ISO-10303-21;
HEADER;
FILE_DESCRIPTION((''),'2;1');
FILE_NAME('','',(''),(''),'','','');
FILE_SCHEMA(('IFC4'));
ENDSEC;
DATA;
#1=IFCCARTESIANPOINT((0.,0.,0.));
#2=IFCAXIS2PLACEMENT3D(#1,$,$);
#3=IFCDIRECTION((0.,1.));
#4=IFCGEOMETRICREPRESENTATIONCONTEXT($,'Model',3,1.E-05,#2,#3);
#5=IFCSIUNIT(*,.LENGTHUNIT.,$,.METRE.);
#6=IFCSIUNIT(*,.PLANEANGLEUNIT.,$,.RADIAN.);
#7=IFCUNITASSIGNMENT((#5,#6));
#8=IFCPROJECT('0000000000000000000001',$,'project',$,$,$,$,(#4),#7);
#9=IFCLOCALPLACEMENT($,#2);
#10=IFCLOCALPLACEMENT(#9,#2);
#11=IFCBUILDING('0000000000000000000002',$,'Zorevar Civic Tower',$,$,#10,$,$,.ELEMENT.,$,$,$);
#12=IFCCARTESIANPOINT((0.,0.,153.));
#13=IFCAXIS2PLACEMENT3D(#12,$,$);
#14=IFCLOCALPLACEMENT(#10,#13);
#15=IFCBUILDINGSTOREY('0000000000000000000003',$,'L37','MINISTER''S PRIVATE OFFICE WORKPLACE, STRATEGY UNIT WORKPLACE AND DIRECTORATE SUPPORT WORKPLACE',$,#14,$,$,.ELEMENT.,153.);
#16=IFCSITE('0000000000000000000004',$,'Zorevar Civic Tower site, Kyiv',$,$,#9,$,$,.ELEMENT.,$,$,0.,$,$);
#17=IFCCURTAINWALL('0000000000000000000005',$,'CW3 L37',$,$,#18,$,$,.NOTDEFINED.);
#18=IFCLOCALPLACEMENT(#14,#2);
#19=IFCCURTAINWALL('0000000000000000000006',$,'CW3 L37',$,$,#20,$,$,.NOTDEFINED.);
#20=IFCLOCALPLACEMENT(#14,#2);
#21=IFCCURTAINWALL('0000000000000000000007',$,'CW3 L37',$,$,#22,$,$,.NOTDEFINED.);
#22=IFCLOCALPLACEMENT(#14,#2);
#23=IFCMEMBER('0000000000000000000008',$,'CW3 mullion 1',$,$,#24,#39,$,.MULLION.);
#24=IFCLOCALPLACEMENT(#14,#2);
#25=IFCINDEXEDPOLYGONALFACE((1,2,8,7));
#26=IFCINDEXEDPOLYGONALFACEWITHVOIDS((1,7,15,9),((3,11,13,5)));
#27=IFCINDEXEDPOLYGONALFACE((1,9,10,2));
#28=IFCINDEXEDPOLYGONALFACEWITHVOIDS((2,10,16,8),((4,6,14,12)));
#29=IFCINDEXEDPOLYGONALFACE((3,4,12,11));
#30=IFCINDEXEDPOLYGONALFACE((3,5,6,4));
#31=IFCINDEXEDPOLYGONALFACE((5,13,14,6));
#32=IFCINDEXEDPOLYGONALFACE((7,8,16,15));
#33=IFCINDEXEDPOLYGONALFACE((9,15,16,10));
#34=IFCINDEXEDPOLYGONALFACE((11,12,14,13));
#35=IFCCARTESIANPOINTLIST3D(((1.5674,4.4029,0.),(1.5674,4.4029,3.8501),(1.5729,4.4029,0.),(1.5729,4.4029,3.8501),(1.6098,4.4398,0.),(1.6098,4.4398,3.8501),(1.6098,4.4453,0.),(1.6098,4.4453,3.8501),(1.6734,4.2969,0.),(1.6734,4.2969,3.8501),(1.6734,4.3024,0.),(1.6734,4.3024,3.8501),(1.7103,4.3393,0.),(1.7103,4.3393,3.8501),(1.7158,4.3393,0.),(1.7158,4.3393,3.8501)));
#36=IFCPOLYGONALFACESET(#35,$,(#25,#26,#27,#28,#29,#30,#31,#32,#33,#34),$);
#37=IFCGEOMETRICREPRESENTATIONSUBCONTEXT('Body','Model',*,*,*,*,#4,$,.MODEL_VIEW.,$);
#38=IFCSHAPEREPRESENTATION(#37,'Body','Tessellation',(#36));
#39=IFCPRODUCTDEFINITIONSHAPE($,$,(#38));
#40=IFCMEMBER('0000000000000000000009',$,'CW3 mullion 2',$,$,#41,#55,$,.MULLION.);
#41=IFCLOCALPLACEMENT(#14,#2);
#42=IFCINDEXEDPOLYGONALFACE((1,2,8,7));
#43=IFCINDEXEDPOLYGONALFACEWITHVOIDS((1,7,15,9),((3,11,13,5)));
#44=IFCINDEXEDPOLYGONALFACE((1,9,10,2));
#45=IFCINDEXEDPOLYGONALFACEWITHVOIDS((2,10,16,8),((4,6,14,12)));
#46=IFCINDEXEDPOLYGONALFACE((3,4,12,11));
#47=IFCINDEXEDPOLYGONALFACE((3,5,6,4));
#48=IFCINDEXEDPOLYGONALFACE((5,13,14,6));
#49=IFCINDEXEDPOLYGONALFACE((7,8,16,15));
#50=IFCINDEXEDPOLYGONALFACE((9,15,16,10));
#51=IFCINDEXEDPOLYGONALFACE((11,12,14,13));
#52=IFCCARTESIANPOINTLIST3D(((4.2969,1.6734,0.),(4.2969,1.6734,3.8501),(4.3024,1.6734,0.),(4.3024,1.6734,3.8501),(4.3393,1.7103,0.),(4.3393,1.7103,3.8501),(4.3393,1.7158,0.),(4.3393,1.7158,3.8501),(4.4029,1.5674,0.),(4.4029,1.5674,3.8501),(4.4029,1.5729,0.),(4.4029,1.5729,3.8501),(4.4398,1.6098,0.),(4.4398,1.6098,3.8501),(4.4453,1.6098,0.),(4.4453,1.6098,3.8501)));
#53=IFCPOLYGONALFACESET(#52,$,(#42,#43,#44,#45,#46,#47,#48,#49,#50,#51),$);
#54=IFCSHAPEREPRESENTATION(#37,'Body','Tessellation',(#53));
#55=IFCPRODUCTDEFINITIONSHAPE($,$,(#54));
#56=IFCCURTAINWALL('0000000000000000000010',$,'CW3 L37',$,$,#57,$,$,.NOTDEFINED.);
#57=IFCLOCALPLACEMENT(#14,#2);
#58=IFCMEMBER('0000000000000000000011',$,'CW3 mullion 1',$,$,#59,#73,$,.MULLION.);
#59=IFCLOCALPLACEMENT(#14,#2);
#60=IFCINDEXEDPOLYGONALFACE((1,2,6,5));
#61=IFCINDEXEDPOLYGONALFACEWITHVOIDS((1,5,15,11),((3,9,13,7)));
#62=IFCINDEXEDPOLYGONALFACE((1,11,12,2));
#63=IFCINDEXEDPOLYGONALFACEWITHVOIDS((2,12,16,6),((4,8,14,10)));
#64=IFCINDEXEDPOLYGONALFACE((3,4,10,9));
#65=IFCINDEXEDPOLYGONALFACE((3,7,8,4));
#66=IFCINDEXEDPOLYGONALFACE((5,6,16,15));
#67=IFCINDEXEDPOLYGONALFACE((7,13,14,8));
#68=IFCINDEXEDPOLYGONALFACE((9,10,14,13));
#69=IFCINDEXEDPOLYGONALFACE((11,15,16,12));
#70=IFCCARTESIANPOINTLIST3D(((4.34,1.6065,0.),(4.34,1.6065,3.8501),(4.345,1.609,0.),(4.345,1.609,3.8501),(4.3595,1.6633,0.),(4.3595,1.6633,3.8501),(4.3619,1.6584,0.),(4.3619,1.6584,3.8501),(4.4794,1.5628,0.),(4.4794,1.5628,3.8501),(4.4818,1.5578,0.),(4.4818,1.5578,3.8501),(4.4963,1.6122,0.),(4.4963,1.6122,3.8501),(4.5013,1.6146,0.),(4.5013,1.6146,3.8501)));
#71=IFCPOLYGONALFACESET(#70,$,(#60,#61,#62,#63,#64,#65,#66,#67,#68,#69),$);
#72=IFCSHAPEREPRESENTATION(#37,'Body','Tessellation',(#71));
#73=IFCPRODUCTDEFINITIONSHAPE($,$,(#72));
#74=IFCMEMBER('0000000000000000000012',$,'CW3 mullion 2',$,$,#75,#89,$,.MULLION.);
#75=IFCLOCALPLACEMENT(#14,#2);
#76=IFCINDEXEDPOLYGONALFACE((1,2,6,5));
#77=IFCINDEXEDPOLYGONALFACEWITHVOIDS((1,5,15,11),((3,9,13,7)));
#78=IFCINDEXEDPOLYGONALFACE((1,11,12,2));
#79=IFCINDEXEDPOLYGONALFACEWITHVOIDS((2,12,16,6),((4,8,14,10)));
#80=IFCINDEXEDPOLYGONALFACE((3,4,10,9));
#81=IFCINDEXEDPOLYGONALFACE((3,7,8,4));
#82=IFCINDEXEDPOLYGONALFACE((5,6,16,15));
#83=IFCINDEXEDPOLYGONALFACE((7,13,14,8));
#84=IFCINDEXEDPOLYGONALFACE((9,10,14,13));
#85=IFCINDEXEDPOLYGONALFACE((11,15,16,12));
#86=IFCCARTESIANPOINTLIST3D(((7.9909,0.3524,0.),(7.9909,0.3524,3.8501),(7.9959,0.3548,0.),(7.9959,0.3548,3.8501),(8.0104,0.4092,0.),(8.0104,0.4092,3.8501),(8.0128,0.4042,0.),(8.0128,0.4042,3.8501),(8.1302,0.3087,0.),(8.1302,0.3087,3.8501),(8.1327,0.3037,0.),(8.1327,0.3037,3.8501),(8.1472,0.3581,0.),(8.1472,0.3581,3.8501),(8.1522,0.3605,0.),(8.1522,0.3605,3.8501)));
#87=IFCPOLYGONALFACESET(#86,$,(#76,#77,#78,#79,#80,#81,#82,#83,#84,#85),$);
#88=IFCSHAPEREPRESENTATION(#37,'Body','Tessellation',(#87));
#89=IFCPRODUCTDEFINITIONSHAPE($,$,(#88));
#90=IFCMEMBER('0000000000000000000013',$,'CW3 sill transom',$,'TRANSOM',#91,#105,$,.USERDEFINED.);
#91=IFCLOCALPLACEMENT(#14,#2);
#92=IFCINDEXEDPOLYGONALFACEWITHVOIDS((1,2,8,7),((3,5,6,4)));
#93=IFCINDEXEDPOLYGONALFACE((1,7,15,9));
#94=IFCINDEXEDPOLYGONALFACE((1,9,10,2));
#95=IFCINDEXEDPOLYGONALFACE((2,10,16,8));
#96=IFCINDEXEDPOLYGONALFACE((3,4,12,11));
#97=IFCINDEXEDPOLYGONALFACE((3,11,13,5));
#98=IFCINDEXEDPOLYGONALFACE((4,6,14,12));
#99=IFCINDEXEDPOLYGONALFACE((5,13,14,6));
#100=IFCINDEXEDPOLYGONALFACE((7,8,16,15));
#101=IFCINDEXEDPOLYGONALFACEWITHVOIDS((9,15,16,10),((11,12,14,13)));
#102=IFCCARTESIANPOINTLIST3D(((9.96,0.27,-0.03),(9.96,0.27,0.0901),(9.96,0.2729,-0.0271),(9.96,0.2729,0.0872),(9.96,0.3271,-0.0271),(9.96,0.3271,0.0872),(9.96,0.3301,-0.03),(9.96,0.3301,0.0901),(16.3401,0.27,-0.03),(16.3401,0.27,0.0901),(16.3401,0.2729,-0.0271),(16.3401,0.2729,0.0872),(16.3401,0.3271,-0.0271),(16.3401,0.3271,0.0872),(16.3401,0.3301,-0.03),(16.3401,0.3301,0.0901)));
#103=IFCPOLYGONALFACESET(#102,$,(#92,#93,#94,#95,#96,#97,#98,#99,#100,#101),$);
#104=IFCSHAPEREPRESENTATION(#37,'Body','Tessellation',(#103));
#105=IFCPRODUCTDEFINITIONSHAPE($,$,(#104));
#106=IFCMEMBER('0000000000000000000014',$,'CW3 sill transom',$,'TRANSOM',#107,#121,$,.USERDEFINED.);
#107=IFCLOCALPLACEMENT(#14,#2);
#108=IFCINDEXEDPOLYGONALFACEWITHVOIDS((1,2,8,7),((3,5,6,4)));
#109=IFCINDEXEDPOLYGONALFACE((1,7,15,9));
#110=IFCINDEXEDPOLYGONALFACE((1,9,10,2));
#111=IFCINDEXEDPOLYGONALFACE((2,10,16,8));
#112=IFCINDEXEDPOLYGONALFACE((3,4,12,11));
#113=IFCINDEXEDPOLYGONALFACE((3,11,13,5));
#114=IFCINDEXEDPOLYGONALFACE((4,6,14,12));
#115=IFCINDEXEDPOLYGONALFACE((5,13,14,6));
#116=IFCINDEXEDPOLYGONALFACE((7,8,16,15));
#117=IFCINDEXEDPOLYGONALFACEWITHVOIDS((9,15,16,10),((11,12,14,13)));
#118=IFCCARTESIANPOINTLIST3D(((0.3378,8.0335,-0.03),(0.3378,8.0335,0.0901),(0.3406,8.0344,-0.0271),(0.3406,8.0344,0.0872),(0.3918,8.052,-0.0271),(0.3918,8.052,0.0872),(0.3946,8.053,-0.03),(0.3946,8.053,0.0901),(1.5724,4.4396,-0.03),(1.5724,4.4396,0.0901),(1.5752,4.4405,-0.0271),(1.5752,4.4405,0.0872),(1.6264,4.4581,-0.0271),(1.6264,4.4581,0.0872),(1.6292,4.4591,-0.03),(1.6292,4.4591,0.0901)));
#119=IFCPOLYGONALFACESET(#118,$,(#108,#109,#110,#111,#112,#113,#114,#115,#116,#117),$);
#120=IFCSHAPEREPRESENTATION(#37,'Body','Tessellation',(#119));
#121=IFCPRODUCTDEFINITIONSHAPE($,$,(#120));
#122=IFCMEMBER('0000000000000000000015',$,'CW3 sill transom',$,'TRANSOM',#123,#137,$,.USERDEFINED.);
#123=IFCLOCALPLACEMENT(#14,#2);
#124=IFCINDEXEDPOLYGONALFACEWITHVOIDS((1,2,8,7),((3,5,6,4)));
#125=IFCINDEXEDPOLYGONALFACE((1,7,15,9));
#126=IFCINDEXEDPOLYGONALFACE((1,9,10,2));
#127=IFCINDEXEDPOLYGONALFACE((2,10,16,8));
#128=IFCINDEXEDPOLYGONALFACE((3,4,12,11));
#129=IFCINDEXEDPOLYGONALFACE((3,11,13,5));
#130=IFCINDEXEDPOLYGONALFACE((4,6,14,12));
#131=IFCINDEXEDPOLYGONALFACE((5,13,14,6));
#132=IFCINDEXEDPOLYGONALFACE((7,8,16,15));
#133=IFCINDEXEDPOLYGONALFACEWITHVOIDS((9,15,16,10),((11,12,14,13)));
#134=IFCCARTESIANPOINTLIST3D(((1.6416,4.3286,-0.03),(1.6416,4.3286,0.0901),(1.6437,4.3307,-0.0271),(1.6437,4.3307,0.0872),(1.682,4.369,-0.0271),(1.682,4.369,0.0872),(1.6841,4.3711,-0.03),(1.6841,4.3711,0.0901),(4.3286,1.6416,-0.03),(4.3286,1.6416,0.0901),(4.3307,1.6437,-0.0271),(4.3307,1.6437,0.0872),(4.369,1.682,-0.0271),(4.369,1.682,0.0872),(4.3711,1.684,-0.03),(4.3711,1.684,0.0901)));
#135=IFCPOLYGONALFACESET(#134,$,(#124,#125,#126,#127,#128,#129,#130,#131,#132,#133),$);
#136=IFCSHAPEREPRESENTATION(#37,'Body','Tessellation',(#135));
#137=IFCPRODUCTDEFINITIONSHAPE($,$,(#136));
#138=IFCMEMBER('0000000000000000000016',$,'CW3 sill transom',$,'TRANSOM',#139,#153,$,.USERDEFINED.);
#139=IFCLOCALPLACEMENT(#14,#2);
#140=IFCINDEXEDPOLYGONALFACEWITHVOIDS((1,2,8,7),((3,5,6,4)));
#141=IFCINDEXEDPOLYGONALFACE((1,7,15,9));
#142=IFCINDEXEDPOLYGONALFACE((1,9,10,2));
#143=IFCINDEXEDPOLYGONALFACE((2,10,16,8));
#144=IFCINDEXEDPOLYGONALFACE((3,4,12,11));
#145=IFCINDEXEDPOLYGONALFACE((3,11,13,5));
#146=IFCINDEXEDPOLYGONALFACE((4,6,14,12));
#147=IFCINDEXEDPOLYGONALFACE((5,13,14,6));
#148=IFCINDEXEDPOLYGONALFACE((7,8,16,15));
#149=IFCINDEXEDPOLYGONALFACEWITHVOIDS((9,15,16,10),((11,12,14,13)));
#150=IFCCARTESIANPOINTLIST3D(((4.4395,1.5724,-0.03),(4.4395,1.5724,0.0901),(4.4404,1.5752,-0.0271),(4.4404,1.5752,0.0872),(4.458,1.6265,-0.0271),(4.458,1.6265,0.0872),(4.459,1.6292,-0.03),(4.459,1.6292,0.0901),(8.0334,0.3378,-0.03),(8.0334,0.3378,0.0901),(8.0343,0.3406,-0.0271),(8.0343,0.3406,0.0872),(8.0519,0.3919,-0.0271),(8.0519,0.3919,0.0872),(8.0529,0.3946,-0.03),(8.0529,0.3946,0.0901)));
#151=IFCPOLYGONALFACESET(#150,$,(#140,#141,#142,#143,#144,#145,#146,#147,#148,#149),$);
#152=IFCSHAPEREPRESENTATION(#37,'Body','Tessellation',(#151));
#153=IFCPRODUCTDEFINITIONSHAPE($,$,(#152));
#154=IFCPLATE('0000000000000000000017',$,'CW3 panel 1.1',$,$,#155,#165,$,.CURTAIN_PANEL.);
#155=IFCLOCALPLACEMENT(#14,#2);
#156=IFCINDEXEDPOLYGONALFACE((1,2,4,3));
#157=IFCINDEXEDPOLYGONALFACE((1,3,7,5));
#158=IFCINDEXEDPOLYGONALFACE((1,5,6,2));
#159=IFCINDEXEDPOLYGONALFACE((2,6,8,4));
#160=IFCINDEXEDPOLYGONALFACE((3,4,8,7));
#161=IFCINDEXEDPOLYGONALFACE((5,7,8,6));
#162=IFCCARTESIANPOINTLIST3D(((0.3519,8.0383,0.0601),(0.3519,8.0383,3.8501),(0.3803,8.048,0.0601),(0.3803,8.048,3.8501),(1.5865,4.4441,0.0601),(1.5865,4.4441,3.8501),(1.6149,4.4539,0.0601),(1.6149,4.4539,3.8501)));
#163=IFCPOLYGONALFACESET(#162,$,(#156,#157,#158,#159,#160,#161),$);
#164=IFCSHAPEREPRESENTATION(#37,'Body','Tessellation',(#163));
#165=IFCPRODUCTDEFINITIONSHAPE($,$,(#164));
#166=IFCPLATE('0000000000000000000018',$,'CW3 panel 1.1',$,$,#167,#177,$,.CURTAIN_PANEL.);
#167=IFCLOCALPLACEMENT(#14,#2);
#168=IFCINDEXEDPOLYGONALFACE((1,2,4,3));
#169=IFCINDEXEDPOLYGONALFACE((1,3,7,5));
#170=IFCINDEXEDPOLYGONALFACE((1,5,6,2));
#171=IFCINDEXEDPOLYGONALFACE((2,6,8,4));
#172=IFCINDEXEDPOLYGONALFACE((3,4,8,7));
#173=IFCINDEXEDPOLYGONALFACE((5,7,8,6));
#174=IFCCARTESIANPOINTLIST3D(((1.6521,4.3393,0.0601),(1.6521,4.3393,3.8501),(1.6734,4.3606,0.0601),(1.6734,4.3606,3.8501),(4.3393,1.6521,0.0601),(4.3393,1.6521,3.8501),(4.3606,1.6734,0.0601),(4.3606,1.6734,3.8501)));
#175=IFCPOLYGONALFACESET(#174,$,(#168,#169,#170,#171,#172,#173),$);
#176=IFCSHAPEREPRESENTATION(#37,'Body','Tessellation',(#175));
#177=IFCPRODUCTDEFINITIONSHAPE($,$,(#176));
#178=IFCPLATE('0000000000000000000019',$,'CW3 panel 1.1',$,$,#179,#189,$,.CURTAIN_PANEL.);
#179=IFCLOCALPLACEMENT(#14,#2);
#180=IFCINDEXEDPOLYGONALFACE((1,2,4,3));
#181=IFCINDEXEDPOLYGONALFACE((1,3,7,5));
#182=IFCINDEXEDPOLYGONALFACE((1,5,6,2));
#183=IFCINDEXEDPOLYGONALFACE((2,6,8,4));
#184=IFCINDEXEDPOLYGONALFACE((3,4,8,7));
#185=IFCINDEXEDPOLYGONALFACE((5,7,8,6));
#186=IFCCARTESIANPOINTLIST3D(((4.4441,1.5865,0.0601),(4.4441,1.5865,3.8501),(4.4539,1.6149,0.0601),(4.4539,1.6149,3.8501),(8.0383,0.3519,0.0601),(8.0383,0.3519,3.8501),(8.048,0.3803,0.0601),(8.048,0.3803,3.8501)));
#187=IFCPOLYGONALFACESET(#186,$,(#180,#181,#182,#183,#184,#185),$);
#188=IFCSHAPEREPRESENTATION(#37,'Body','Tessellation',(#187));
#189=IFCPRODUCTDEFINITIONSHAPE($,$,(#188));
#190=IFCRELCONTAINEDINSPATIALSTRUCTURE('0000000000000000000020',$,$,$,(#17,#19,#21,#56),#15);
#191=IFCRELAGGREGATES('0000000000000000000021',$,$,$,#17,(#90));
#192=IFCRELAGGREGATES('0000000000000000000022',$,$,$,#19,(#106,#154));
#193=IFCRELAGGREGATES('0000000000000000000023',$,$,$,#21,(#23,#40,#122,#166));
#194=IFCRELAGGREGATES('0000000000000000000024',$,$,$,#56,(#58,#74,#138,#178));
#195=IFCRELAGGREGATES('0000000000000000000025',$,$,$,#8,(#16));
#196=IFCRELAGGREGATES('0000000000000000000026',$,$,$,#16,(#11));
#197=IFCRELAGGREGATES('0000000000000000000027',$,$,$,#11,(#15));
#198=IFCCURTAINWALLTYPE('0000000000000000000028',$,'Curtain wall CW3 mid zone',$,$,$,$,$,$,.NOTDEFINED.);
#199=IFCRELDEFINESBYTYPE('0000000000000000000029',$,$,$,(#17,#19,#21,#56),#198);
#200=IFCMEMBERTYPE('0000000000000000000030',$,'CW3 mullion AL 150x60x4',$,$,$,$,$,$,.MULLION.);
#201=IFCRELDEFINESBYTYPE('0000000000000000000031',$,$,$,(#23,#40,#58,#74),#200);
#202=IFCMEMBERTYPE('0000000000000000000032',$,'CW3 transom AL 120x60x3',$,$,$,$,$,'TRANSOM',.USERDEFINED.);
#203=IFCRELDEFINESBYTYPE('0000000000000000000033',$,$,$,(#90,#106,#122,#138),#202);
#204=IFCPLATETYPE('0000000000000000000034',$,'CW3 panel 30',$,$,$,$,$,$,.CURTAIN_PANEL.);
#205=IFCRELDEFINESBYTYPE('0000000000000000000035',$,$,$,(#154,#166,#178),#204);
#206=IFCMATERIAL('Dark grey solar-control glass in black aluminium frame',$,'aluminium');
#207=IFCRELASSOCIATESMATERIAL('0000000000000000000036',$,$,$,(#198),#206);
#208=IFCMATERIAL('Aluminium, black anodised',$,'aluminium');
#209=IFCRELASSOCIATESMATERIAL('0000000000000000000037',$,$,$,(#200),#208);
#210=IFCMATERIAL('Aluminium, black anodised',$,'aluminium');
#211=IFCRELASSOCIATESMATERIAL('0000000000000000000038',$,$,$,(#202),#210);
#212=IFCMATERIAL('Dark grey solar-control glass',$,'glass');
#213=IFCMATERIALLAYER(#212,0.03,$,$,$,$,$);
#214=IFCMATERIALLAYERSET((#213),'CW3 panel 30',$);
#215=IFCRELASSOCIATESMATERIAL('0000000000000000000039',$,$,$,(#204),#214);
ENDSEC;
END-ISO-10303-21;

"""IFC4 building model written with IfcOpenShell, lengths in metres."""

from ifc_helpers import new_model, si_unit, direction, frame, origin, origin_2d, place, context, subcontext, project, spatial, rectangle, hollow_rectangle, extrude, material, layer, layer_set, material_profile, profile_set, type_object, element, aggregate, save


model = new_model("IFC4")

# Units and contexts
model_context = context("Model", 3, precision=1e-05, world=origin(), true_north=direction((0.0, 1.0)))
body_context = subcontext(model_context, "Body", "Model", "MODEL_VIEW")
ifc_project = project(units=[si_unit("LENGTHUNIT", "METRE"), si_unit("PLANEANGLEUNIT", "RADIAN")], contexts=[model_context])

# Site, building, storey
site_placement = place(None, origin())
site = spatial("IfcSite", under=ifc_project, at=site_placement, Name="Zorevar Civic Tower site, Kyiv", CompositionType="ELEMENT", RefElevation=0.0)
building_placement = place(site_placement, origin())
building = spatial("IfcBuilding", under=site, at=building_placement, Name="Zorevar Civic Tower", CompositionType="ELEMENT")
storey_placement = place(building_placement, frame((0.0, 0.0, 153.0)))
storey = spatial("IfcBuildingStorey", under=building, at=storey_placement, Name="L37", Description="MINISTER'S PRIVATE OFFICE WORKPLACE, STRATEGY UNIT WORKPLACE AND DIRECTORATE SUPPORT WORKPLACE", CompositionType="ELEMENT", Elevation=153.0)

# Curtain walls
ifc_material_1 = material(Name="Dark grey solar-control glass in black aluminium frame", Category="aluminium")
curtain_wall_type = type_object("IfcCurtainWallType", Name="Curtain wall CW3 mid zone", PredefinedType="NOTDEFINED", material=ifc_material_1)
curtain_wall_1_placement = place(storey_placement, origin())
curtain_wall_1 = element("IfcCurtainWall", 1, at=curtain_wall_1_placement, inside=storey, type_object=curtain_wall_type, Name="CW3 L37", PredefinedType="NOTDEFINED")
ifc_material_2 = material(Name="Aluminium, black anodised", Category="aluminium")
ifc_material_profile_1 = material_profile(ifc_material_2, hollow_rectangle(XDim=0.0601, YDim=0.1499, WallThickness=0.0039, at=origin_2d()), Name="AL 150x60x4")
ifc_profile_set_1 = profile_set([ifc_material_profile_1], Name="Aluminium, black anodised")
member_type_1 = type_object("IfcMemberType", Name="CW3 mullion AL 150x60x4", PredefinedType="MULLION", material=ifc_profile_set_1)
curtain_wall_2_placement = place(storey_placement, origin())
curtain_wall_2 = element("IfcCurtainWall", 2, at=curtain_wall_2_placement, inside=storey, type_object=curtain_wall_type, Name="CW3 L37", PredefinedType="NOTDEFINED")

# Curtain walls, members
curtain_wall_3_placement = place(storey_placement, origin())
curtain_wall_3 = element("IfcCurtainWall", 3, at=curtain_wall_3_placement, inside=storey, type_object=curtain_wall_type, Name="CW3 L37", PredefinedType="NOTDEFINED")
member_1_placement = place(storey_placement, frame((1.6416, 4.3711, 0.0), z_axis=(0.0, 0.0, 1.0), x_axis=(0.707107, 0.707107, 0.0)))
member_1 = element("IfcMember", 4, at=member_1_placement, type_object=member_type_1, Name="CW3 mullion 1", PredefinedType="MULLION", context=body_context, shape_type="SweptSolid", body=[
    extrude(hollow_rectangle(XDim=0.0601, YDim=0.1499, WallThickness=0.0039, at=origin_2d()), origin(), (0.0, 0.0, 1.0), 3.8501),
])
member_2_placement = place(storey_placement, frame((4.3711, 1.6416, 0.0), z_axis=(0.0, 0.0, 1.0), x_axis=(0.707107, 0.707107, 0.0)))
member_2 = element("IfcMember", 5, at=member_2_placement, type_object=member_type_1, Name="CW3 mullion 2", PredefinedType="MULLION", context=body_context, shape_type="SweptSolid", body=[
    extrude(hollow_rectangle(XDim=0.0601, YDim=0.1499, WallThickness=0.0039, at=origin_2d()), origin(), (0.0, 0.0, 1.0), 3.8501),
])
curtain_wall_4_placement = place(storey_placement, origin())
curtain_wall_4 = element("IfcCurtainWall", 6, at=curtain_wall_4_placement, inside=storey, type_object=curtain_wall_type, Name="CW3 L37", PredefinedType="NOTDEFINED")
member_3_placement = place(storey_placement, frame((4.4207, 1.6106, 0.0), z_axis=(0.0, 0.0, 1.0), x_axis=(0.324878, 0.945756, 0.0)))
member_3 = element("IfcMember", 7, at=member_3_placement, type_object=member_type_1, Name="CW3 mullion 1", PredefinedType="MULLION", context=body_context, shape_type="SweptSolid", body=[
    extrude(hollow_rectangle(XDim=0.0601, YDim=0.1499, WallThickness=0.0039, at=origin_2d()), origin(), (0.0, 0.0, 1.0), 3.8501),
])
member_4_placement = place(storey_placement, frame((8.0715, 0.3564, 0.0), z_axis=(0.0, 0.0, 1.0), x_axis=(0.324878, 0.945756, 0.0)))
member_4 = element("IfcMember", 8, at=member_4_placement, type_object=member_type_1, Name="CW3 mullion 2", PredefinedType="MULLION", context=body_context, shape_type="SweptSolid", body=[
    extrude(hollow_rectangle(XDim=0.0601, YDim=0.1499, WallThickness=0.0039, at=origin_2d()), origin(), (0.0, 0.0, 1.0), 3.8501),
])

# Members
ifc_material_3 = material(Name="Aluminium, black anodised", Category="aluminium")
ifc_material_profile_2 = material_profile(ifc_material_3, hollow_rectangle(XDim=0.0601, YDim=0.1201, WallThickness=0.0029, at=origin_2d()), Name="AL 120x60x3")
ifc_profile_set_2 = profile_set([ifc_material_profile_2], Name="Aluminium, black anodised")
member_type_2 = type_object("IfcMemberType", Name="CW3 transom AL 120x60x3", ElementType="TRANSOM", PredefinedType="USERDEFINED", material=ifc_profile_set_2)
member_5_placement = place(storey_placement, frame((9.96, 0.3, 0.03), z_axis=(1.0, 0.0, 0.0), x_axis=(0.0, 1.0, 0.0)))
member_5 = element("IfcMember", 9, at=member_5_placement, type_object=member_type_2, Name="CW3 sill transom", ObjectType="TRANSOM", PredefinedType="USERDEFINED", context=body_context, shape_type="SweptSolid", body=[
    extrude(hollow_rectangle(XDim=0.0601, YDim=0.1201, WallThickness=0.0029, at=origin_2d()), origin(), (0.0, 0.0, 1.0), 6.3801),
])
aggregate(curtain_wall_1, [member_5])
member_6_placement = place(storey_placement, frame((0.3662, 8.0432, 0.03), z_axis=(0.324888, -0.945753, 0.0), x_axis=(0.945753, 0.324888, 0.0)))
member_6 = element("IfcMember", 10, at=member_6_placement, type_object=member_type_2, Name="CW3 sill transom", ObjectType="TRANSOM", PredefinedType="USERDEFINED", context=body_context, shape_type="SweptSolid", body=[
    extrude(hollow_rectangle(XDim=0.0601, YDim=0.1201, WallThickness=0.0029, at=origin_2d()), origin(), (0.0, 0.0, 1.0), 3.8),
])
member_7_placement = place(storey_placement, frame((1.6628, 4.3499, 0.03), z_axis=(0.707107, -0.707107, 0.0), x_axis=(0.707107, 0.707107, 0.0)))
member_7 = element("IfcMember", 11, at=member_7_placement, type_object=member_type_2, Name="CW3 sill transom", ObjectType="TRANSOM", PredefinedType="USERDEFINED", context=body_context, shape_type="SweptSolid", body=[
    extrude(hollow_rectangle(XDim=0.0601, YDim=0.1201, WallThickness=0.0029, at=origin_2d()), origin(), (0.0, 0.0, 1.0), 3.8),
])
member_8_placement = place(storey_placement, frame((4.4492, 1.6008, 0.03), z_axis=(0.945753, -0.324888, 0.0), x_axis=(0.324888, 0.945753, 0.0)))
member_8 = element("IfcMember", 12, at=member_8_placement, type_object=member_type_2, Name="CW3 sill transom", ObjectType="TRANSOM", PredefinedType="USERDEFINED", context=body_context, shape_type="SweptSolid", body=[
    extrude(hollow_rectangle(XDim=0.0601, YDim=0.1201, WallThickness=0.0029, at=origin_2d()), origin(), (0.0, 0.0, 1.0), 3.8),
])

# Plates
ifc_material_4 = material(Name="Dark grey solar-control glass", Category="glass")
ifc_layer_1 = layer(ifc_material_4, 0.03)
ifc_layer_set_1 = layer_set([ifc_layer_1], Name="CW3 panel 30")
plate_type = type_object("IfcPlateType", Name="CW3 panel 30", PredefinedType="CURTAIN_PANEL", material=ifc_layer_set_1)
plate_1_placement = place(storey_placement, frame((0.9834, 6.2461, 0.0601), z_axis=(0.0, 0.0, 1.0), x_axis=(0.324878, -0.945756, 0.0)))
plate_1 = element("IfcPlate", 13, at=plate_1_placement, type_object=plate_type, Name="CW3 panel 1.1", PredefinedType="CURTAIN_PANEL", context=body_context, shape_type="SweptSolid", body=[
    extrude(rectangle(XDim=3.8003, YDim=0.03, at=origin_2d()), origin(), (0.0, 0.0, 1.0), 3.79),
])
aggregate(curtain_wall_2, [member_6, plate_1])
plate_2_placement = place(storey_placement, frame((3.0063, 3.0063, 0.0601), z_axis=(0.0, 0.0, 1.0), x_axis=(0.707107, -0.707107, 0.0)))
plate_2 = element("IfcPlate", 14, at=plate_2_placement, type_object=plate_type, Name="CW3 panel 1.1", PredefinedType="CURTAIN_PANEL", context=body_context, shape_type="SweptSolid", body=[
    extrude(rectangle(XDim=3.8003, YDim=0.03, at=origin_2d()), origin(), (0.0, 0.0, 1.0), 3.79),
])
aggregate(curtain_wall_3, [member_1, member_2, member_7, plate_2])
plate_3_placement = place(storey_placement, frame((6.2461, 0.9834, 0.0601), z_axis=(0.0, 0.0, 1.0), x_axis=(0.945756, -0.324878, 0.0)))
plate_3 = element("IfcPlate", 15, at=plate_3_placement, type_object=plate_type, Name="CW3 panel 1.1", PredefinedType="CURTAIN_PANEL", context=body_context, shape_type="SweptSolid", body=[
    extrude(rectangle(XDim=3.8003, YDim=0.03, at=origin_2d()), origin(), (0.0, 0.0, 1.0), 3.79),
])
aggregate(curtain_wall_4, [member_3, member_4, member_8, plate_3])

save(model, "model.ifc")
